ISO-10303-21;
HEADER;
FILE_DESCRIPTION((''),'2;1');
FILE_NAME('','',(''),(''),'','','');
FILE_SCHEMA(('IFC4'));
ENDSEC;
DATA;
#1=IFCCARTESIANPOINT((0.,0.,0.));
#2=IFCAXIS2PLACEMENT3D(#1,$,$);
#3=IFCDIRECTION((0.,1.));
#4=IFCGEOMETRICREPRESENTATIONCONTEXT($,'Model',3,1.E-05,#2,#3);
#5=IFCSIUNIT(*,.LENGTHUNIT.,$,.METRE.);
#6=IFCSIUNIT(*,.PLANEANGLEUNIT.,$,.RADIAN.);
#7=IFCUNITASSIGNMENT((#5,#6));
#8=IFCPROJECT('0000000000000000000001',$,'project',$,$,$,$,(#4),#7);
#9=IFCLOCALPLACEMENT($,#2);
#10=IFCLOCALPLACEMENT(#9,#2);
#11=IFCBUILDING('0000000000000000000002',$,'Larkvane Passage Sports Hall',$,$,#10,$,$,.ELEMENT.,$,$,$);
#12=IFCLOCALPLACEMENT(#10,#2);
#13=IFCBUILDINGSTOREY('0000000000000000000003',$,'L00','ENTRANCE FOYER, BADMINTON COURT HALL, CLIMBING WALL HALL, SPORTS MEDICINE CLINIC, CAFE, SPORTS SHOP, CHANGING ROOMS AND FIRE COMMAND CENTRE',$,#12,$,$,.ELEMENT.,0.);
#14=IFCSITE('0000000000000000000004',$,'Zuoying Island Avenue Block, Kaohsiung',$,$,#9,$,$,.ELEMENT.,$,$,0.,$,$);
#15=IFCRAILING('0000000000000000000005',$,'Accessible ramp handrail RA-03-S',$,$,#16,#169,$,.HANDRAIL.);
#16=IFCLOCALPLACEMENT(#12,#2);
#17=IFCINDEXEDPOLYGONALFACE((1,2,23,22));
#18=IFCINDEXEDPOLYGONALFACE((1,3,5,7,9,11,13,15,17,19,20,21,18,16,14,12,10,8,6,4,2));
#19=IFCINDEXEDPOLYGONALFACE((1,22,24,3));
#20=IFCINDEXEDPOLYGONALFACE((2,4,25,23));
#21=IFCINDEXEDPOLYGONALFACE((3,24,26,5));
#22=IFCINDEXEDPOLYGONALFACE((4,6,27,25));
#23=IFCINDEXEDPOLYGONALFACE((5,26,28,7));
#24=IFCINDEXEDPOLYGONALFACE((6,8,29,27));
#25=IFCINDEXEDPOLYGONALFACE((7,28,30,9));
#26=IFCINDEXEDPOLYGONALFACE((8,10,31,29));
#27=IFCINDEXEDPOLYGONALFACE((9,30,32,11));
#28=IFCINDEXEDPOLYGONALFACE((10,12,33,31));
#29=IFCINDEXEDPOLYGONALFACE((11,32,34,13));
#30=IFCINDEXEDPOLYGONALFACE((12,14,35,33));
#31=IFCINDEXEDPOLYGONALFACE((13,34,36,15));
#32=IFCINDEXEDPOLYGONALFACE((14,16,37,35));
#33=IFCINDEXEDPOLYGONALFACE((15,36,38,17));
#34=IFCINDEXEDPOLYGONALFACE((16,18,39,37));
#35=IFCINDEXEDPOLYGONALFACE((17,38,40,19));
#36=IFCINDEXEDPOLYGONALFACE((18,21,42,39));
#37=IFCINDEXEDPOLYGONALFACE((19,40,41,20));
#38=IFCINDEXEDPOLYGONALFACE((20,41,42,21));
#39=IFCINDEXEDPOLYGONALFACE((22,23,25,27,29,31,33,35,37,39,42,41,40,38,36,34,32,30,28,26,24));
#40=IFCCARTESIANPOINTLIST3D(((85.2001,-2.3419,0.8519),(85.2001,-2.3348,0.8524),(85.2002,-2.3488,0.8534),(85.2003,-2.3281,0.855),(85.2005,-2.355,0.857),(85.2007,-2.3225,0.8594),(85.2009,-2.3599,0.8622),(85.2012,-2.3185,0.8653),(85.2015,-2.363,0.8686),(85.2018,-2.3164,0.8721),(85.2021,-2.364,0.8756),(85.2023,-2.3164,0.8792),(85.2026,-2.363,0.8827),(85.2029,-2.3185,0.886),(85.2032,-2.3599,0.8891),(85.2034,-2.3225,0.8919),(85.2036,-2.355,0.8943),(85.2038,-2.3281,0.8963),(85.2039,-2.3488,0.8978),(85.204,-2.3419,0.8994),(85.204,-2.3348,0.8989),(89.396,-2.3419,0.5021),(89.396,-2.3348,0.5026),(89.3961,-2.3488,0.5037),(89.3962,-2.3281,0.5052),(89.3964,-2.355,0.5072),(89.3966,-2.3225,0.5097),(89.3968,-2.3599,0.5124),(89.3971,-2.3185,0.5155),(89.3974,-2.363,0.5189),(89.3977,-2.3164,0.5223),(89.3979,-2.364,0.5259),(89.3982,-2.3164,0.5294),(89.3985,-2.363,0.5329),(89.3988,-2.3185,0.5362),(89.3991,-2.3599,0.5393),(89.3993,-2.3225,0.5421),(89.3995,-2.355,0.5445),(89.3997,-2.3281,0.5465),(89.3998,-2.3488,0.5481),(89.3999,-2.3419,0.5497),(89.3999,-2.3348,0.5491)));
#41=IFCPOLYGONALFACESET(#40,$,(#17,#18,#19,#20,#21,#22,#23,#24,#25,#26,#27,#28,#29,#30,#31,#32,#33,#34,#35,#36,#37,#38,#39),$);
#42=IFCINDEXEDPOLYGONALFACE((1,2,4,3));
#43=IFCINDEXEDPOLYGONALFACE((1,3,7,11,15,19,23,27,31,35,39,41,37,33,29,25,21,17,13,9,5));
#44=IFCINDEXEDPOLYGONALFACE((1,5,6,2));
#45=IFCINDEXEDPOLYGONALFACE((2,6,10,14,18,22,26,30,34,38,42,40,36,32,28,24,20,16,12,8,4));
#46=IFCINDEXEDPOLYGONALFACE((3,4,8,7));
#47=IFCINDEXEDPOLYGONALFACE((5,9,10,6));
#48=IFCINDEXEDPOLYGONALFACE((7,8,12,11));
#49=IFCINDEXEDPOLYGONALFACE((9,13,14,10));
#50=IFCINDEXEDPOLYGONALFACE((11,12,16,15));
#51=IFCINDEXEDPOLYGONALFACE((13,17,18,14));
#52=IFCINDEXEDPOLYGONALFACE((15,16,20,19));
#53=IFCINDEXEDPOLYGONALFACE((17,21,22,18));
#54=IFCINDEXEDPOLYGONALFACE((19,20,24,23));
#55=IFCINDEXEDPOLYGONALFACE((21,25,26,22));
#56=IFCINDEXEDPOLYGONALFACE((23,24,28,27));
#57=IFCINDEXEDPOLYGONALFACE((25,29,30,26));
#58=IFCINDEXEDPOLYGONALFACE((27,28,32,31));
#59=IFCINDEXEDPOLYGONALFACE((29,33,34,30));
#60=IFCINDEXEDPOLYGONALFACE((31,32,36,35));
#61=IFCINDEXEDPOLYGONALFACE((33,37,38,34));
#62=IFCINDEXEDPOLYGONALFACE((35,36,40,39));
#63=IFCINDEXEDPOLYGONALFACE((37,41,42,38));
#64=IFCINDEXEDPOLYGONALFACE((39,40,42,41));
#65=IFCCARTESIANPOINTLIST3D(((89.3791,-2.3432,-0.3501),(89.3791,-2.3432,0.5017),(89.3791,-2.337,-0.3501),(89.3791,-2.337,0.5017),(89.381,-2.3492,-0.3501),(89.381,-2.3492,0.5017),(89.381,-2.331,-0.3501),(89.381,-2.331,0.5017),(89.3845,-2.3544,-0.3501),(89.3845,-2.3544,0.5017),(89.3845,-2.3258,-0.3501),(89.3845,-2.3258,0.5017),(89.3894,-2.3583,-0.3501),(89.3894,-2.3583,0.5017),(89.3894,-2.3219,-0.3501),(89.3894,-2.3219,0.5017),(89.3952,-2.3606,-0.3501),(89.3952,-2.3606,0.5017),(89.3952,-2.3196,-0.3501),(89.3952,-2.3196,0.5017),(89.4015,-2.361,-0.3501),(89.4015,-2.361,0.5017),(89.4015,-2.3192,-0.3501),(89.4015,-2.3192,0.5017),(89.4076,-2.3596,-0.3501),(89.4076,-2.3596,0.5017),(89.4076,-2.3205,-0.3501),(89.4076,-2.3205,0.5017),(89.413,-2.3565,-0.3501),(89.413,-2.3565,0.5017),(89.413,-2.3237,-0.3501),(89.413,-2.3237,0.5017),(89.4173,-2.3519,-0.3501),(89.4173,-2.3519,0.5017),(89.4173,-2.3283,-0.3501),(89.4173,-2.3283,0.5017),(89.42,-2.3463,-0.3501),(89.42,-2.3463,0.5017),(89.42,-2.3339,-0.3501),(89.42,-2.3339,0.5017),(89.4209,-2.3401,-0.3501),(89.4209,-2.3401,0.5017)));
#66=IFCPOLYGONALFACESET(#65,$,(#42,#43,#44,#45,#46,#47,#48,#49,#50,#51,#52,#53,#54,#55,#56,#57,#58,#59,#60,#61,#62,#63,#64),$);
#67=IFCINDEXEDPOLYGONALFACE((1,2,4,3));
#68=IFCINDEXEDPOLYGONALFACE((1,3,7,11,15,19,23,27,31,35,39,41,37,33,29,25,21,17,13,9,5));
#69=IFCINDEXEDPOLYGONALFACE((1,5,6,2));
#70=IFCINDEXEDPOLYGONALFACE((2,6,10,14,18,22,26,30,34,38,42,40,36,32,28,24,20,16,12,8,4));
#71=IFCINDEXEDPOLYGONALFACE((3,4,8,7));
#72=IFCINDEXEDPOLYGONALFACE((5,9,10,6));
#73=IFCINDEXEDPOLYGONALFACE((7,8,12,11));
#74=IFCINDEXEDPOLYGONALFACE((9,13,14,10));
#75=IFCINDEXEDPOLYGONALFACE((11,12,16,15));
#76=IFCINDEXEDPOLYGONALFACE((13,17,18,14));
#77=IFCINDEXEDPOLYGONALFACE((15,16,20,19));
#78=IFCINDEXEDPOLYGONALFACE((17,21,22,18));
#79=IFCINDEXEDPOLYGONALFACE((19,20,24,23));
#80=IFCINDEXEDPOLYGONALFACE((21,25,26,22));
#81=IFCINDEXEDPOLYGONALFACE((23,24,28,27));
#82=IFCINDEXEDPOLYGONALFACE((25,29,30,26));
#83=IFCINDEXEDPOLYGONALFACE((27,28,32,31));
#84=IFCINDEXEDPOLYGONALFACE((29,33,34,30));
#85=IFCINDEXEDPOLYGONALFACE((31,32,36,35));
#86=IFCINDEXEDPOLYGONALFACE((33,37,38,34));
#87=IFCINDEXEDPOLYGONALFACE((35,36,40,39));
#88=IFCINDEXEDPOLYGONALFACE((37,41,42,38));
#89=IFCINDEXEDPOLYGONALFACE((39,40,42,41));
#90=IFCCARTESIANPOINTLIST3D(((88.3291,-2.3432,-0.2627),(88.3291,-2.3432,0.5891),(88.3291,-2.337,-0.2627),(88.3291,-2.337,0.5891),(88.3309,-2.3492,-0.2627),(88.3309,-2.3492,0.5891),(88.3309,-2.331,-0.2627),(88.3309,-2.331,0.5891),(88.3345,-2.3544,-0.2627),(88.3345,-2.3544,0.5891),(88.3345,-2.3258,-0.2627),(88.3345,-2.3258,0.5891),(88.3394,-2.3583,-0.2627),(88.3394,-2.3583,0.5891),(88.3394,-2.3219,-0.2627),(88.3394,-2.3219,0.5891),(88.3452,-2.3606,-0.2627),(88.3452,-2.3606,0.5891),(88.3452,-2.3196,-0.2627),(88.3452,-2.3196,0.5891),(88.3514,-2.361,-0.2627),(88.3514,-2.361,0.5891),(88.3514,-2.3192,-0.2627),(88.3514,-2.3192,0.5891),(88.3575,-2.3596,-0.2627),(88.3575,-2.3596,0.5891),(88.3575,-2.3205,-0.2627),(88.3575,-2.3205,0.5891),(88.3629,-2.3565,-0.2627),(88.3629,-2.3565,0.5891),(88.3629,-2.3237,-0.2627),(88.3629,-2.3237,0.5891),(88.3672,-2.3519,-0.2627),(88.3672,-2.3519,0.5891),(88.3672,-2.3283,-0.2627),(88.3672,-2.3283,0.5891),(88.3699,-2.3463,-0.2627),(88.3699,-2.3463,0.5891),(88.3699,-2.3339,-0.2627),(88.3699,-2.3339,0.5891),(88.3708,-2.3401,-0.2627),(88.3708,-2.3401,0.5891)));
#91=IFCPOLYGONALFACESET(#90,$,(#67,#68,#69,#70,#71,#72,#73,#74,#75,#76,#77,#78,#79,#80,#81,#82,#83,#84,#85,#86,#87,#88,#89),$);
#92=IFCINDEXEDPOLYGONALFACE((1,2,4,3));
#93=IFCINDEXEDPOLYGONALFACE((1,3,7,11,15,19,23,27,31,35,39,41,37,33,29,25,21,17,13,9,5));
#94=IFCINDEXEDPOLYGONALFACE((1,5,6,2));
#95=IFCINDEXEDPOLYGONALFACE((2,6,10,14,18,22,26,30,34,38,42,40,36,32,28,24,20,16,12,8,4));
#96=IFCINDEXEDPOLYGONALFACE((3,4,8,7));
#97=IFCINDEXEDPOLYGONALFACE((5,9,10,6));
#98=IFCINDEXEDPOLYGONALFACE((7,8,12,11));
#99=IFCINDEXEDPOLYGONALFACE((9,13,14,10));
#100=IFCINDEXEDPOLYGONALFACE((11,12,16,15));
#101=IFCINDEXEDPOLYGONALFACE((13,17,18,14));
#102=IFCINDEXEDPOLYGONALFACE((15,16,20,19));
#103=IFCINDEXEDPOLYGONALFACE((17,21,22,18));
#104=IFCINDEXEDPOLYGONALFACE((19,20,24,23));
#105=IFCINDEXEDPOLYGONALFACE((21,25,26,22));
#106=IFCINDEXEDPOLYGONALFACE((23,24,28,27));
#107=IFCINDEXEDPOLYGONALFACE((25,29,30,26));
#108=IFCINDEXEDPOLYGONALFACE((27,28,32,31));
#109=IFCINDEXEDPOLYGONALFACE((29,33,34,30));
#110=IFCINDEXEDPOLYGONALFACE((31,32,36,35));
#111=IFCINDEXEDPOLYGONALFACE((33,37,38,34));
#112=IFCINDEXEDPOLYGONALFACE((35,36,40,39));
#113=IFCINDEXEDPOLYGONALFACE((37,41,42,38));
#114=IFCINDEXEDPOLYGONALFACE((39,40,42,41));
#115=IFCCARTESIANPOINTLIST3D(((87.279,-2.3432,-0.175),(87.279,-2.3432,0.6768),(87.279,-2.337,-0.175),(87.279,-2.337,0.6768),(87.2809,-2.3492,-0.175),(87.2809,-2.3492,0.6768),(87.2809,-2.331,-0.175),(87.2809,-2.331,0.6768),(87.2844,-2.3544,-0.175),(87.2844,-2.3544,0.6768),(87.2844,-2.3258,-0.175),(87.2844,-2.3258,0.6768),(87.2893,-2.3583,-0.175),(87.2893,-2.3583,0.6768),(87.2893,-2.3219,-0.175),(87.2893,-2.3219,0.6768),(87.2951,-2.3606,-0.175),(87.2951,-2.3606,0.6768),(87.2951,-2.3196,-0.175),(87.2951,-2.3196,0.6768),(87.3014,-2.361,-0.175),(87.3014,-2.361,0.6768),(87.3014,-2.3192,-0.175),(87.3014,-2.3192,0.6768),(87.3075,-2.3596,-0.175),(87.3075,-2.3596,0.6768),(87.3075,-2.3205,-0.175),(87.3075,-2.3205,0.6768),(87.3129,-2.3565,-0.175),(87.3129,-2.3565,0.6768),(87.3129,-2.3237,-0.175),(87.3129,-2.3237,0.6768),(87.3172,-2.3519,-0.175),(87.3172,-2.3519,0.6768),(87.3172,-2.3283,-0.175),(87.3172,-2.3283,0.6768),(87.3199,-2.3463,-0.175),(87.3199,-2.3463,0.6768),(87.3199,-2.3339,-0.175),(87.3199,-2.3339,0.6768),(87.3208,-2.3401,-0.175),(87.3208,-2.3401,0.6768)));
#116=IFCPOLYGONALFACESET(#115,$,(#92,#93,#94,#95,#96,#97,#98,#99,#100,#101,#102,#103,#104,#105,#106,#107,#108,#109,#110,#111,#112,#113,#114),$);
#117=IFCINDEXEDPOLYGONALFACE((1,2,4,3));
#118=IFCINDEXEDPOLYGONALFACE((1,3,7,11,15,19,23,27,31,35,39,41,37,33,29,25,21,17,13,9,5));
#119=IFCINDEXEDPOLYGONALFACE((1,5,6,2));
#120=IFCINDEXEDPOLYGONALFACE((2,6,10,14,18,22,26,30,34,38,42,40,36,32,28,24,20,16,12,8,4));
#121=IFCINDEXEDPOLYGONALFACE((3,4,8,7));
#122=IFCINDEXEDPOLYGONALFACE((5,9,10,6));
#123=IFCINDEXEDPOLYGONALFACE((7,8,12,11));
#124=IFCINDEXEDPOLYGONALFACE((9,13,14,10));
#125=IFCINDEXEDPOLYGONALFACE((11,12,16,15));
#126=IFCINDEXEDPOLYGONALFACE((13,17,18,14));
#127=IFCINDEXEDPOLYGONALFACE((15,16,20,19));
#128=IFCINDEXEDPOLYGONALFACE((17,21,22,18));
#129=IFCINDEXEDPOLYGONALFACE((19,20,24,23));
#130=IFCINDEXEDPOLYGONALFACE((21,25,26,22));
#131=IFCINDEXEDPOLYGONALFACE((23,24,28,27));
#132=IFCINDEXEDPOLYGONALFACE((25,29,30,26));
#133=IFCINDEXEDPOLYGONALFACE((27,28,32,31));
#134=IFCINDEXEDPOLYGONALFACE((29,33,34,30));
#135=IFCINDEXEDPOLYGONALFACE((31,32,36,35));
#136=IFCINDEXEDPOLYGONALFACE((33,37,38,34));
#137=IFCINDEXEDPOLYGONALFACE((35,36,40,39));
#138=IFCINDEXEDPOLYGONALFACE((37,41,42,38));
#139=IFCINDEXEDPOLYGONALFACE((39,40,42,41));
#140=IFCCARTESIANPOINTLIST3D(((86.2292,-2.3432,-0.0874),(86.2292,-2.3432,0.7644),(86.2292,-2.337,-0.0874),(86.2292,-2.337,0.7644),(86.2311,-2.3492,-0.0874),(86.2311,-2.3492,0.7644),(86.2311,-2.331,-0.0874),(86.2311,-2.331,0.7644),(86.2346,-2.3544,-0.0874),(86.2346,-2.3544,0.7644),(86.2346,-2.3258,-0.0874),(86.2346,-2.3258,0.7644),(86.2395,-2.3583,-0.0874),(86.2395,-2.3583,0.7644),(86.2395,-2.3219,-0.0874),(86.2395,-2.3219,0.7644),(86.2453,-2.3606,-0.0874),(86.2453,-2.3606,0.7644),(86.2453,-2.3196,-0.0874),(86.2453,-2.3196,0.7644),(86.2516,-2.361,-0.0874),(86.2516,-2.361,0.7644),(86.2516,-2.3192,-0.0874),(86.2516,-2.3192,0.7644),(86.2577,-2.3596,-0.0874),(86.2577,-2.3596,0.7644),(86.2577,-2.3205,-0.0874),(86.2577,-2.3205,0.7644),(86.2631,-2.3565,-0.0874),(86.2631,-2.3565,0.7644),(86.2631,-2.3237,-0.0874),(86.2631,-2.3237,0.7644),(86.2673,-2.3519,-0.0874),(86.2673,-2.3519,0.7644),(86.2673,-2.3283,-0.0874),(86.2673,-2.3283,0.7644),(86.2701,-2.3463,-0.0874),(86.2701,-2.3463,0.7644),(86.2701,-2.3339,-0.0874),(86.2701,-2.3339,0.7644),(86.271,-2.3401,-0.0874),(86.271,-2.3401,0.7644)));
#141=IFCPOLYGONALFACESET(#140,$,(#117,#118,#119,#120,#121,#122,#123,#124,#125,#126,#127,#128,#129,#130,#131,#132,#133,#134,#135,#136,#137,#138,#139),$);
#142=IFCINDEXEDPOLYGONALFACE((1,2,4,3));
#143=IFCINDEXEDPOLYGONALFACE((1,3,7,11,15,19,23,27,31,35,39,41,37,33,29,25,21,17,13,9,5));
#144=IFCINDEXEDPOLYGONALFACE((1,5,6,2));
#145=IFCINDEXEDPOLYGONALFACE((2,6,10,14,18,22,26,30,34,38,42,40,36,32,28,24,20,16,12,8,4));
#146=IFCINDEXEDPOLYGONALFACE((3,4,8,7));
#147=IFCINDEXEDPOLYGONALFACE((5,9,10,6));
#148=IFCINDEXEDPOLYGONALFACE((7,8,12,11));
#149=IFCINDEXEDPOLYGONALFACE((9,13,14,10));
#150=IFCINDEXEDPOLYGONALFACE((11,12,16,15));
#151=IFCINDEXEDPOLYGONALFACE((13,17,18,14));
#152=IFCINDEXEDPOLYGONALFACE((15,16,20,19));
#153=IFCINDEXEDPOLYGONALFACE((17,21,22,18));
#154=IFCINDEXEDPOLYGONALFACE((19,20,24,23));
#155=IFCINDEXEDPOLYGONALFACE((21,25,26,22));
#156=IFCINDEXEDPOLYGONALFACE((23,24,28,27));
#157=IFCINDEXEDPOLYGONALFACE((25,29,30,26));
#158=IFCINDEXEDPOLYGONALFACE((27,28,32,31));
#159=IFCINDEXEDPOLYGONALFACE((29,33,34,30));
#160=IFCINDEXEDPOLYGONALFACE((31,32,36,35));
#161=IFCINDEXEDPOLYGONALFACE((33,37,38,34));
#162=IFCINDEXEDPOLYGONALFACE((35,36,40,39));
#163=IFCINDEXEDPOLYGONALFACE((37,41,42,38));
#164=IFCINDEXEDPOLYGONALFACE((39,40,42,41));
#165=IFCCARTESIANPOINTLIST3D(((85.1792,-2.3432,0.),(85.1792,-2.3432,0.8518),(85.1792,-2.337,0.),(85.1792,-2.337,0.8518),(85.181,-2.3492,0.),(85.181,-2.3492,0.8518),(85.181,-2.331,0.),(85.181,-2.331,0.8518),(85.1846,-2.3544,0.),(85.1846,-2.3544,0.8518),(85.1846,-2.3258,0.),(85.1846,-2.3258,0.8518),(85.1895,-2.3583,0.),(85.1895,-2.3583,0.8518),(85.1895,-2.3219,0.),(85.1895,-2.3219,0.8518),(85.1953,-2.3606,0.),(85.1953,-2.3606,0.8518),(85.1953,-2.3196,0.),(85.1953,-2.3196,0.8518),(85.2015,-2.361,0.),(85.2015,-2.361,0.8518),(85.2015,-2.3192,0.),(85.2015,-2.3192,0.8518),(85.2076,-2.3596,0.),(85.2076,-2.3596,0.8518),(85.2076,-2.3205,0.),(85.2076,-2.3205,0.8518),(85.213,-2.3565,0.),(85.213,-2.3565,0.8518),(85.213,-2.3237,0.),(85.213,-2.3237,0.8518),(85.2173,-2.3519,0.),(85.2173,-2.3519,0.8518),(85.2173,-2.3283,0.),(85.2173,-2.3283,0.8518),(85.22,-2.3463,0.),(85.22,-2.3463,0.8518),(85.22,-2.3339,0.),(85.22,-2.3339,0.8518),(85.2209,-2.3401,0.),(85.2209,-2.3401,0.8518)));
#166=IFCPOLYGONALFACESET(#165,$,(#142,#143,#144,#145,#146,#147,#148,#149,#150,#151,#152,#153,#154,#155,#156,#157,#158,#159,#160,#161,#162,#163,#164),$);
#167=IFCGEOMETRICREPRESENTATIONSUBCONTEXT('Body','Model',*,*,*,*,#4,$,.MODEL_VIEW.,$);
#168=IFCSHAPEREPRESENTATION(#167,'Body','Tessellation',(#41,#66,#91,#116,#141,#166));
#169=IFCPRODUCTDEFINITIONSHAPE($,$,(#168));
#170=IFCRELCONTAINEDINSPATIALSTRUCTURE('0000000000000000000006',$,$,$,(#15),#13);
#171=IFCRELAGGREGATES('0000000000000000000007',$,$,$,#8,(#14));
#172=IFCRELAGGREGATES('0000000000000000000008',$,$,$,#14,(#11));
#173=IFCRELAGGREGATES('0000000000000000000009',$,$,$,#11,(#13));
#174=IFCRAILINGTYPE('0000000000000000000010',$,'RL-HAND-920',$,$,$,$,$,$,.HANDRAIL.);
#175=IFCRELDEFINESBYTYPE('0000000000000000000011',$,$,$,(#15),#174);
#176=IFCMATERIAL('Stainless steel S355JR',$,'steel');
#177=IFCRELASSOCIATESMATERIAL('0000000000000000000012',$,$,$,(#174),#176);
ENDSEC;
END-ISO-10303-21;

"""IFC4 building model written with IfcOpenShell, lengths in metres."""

from ifc_helpers import new_model, si_unit, direction, frame, origin, origin_2d, place, context, subcontext, project, spatial, circle, extrude, material, type_object, element, save


model = new_model("IFC4")

# Units and contexts
model_context = context("Model", 3, precision=1e-05, world=origin(), true_north=direction((0.0, 1.0)))
body_context = subcontext(model_context, "Body", "Model", "MODEL_VIEW")
ifc_project = project(units=[si_unit("LENGTHUNIT", "METRE"), si_unit("PLANEANGLEUNIT", "RADIAN")], contexts=[model_context])

# Site, building, storey
site_placement = place(None, origin())
site = spatial("IfcSite", under=ifc_project, at=site_placement, Name="Zuoying Island Avenue Block, Kaohsiung", CompositionType="ELEMENT", RefElevation=0.0)
building_placement = place(site_placement, origin())
building = spatial("IfcBuilding", under=site, at=building_placement, Name="Larkvane Passage Sports Hall", CompositionType="ELEMENT")
storey_placement = place(building_placement, origin())
storey = spatial("IfcBuildingStorey", under=building, at=storey_placement, Name="L00", Description="ENTRANCE FOYER, BADMINTON COURT HALL, CLIMBING WALL HALL, SPORTS MEDICINE CLINIC, CAFE, SPORTS SHOP, CHANGING ROOMS AND FIRE COMMAND CENTRE", CompositionType="ELEMENT", Elevation=0.0)

# Railing
ifc_material_1 = material(Name="Stainless steel S355JR", Category="steel")
railing_type = type_object("IfcRailingType", Name="RL-HAND-920", PredefinedType="HANDRAIL", material=ifc_material_1)
for number, where, name in (
    (1, (89.3999, -2.3401, -0.3501), "Accessible ramp handrail RA-03-S"),
):
    element("IfcRailing", number, at=place(storey_placement, frame(where)), inside=storey, type_object=railing_type, Name=name, PredefinedType="HANDRAIL", context=body_context, shape_type="SweptSolid", body=[
        extrude(circle(Radius=0.0239, at=origin_2d()), frame((-0.002, 0.0, 0.876), z_axis=(-0.996544, 0.0, 0.083069), x_axis=(0.0, -1.0, 0.0)), (0.0, 0.0, 1.0), 4.2104),
        extrude(circle(Radius=0.021, at=origin_2d()), origin(), (0.0, 0.0, 1.0), 0.8518),
        extrude(circle(Radius=0.021, at=origin_2d()), frame((-1.05, 0.0, 0.0874)), (0.0, 0.0, 1.0), 0.8518),
        extrude(circle(Radius=0.021, at=origin_2d()), frame((-2.1001, 0.0, 0.175)), (0.0, 0.0, 1.0), 0.8518),
        extrude(circle(Radius=0.021, at=origin_2d()), frame((-3.1499, 0.0, 0.2627)), (0.0, 0.0, 1.0), 0.8518),
        extrude(circle(Radius=0.021, at=origin_2d()), frame((-4.2, 0.0, 0.3501)), (0.0, 0.0, 1.0), 0.8518),
    ])

save(model, "model.ifc")
